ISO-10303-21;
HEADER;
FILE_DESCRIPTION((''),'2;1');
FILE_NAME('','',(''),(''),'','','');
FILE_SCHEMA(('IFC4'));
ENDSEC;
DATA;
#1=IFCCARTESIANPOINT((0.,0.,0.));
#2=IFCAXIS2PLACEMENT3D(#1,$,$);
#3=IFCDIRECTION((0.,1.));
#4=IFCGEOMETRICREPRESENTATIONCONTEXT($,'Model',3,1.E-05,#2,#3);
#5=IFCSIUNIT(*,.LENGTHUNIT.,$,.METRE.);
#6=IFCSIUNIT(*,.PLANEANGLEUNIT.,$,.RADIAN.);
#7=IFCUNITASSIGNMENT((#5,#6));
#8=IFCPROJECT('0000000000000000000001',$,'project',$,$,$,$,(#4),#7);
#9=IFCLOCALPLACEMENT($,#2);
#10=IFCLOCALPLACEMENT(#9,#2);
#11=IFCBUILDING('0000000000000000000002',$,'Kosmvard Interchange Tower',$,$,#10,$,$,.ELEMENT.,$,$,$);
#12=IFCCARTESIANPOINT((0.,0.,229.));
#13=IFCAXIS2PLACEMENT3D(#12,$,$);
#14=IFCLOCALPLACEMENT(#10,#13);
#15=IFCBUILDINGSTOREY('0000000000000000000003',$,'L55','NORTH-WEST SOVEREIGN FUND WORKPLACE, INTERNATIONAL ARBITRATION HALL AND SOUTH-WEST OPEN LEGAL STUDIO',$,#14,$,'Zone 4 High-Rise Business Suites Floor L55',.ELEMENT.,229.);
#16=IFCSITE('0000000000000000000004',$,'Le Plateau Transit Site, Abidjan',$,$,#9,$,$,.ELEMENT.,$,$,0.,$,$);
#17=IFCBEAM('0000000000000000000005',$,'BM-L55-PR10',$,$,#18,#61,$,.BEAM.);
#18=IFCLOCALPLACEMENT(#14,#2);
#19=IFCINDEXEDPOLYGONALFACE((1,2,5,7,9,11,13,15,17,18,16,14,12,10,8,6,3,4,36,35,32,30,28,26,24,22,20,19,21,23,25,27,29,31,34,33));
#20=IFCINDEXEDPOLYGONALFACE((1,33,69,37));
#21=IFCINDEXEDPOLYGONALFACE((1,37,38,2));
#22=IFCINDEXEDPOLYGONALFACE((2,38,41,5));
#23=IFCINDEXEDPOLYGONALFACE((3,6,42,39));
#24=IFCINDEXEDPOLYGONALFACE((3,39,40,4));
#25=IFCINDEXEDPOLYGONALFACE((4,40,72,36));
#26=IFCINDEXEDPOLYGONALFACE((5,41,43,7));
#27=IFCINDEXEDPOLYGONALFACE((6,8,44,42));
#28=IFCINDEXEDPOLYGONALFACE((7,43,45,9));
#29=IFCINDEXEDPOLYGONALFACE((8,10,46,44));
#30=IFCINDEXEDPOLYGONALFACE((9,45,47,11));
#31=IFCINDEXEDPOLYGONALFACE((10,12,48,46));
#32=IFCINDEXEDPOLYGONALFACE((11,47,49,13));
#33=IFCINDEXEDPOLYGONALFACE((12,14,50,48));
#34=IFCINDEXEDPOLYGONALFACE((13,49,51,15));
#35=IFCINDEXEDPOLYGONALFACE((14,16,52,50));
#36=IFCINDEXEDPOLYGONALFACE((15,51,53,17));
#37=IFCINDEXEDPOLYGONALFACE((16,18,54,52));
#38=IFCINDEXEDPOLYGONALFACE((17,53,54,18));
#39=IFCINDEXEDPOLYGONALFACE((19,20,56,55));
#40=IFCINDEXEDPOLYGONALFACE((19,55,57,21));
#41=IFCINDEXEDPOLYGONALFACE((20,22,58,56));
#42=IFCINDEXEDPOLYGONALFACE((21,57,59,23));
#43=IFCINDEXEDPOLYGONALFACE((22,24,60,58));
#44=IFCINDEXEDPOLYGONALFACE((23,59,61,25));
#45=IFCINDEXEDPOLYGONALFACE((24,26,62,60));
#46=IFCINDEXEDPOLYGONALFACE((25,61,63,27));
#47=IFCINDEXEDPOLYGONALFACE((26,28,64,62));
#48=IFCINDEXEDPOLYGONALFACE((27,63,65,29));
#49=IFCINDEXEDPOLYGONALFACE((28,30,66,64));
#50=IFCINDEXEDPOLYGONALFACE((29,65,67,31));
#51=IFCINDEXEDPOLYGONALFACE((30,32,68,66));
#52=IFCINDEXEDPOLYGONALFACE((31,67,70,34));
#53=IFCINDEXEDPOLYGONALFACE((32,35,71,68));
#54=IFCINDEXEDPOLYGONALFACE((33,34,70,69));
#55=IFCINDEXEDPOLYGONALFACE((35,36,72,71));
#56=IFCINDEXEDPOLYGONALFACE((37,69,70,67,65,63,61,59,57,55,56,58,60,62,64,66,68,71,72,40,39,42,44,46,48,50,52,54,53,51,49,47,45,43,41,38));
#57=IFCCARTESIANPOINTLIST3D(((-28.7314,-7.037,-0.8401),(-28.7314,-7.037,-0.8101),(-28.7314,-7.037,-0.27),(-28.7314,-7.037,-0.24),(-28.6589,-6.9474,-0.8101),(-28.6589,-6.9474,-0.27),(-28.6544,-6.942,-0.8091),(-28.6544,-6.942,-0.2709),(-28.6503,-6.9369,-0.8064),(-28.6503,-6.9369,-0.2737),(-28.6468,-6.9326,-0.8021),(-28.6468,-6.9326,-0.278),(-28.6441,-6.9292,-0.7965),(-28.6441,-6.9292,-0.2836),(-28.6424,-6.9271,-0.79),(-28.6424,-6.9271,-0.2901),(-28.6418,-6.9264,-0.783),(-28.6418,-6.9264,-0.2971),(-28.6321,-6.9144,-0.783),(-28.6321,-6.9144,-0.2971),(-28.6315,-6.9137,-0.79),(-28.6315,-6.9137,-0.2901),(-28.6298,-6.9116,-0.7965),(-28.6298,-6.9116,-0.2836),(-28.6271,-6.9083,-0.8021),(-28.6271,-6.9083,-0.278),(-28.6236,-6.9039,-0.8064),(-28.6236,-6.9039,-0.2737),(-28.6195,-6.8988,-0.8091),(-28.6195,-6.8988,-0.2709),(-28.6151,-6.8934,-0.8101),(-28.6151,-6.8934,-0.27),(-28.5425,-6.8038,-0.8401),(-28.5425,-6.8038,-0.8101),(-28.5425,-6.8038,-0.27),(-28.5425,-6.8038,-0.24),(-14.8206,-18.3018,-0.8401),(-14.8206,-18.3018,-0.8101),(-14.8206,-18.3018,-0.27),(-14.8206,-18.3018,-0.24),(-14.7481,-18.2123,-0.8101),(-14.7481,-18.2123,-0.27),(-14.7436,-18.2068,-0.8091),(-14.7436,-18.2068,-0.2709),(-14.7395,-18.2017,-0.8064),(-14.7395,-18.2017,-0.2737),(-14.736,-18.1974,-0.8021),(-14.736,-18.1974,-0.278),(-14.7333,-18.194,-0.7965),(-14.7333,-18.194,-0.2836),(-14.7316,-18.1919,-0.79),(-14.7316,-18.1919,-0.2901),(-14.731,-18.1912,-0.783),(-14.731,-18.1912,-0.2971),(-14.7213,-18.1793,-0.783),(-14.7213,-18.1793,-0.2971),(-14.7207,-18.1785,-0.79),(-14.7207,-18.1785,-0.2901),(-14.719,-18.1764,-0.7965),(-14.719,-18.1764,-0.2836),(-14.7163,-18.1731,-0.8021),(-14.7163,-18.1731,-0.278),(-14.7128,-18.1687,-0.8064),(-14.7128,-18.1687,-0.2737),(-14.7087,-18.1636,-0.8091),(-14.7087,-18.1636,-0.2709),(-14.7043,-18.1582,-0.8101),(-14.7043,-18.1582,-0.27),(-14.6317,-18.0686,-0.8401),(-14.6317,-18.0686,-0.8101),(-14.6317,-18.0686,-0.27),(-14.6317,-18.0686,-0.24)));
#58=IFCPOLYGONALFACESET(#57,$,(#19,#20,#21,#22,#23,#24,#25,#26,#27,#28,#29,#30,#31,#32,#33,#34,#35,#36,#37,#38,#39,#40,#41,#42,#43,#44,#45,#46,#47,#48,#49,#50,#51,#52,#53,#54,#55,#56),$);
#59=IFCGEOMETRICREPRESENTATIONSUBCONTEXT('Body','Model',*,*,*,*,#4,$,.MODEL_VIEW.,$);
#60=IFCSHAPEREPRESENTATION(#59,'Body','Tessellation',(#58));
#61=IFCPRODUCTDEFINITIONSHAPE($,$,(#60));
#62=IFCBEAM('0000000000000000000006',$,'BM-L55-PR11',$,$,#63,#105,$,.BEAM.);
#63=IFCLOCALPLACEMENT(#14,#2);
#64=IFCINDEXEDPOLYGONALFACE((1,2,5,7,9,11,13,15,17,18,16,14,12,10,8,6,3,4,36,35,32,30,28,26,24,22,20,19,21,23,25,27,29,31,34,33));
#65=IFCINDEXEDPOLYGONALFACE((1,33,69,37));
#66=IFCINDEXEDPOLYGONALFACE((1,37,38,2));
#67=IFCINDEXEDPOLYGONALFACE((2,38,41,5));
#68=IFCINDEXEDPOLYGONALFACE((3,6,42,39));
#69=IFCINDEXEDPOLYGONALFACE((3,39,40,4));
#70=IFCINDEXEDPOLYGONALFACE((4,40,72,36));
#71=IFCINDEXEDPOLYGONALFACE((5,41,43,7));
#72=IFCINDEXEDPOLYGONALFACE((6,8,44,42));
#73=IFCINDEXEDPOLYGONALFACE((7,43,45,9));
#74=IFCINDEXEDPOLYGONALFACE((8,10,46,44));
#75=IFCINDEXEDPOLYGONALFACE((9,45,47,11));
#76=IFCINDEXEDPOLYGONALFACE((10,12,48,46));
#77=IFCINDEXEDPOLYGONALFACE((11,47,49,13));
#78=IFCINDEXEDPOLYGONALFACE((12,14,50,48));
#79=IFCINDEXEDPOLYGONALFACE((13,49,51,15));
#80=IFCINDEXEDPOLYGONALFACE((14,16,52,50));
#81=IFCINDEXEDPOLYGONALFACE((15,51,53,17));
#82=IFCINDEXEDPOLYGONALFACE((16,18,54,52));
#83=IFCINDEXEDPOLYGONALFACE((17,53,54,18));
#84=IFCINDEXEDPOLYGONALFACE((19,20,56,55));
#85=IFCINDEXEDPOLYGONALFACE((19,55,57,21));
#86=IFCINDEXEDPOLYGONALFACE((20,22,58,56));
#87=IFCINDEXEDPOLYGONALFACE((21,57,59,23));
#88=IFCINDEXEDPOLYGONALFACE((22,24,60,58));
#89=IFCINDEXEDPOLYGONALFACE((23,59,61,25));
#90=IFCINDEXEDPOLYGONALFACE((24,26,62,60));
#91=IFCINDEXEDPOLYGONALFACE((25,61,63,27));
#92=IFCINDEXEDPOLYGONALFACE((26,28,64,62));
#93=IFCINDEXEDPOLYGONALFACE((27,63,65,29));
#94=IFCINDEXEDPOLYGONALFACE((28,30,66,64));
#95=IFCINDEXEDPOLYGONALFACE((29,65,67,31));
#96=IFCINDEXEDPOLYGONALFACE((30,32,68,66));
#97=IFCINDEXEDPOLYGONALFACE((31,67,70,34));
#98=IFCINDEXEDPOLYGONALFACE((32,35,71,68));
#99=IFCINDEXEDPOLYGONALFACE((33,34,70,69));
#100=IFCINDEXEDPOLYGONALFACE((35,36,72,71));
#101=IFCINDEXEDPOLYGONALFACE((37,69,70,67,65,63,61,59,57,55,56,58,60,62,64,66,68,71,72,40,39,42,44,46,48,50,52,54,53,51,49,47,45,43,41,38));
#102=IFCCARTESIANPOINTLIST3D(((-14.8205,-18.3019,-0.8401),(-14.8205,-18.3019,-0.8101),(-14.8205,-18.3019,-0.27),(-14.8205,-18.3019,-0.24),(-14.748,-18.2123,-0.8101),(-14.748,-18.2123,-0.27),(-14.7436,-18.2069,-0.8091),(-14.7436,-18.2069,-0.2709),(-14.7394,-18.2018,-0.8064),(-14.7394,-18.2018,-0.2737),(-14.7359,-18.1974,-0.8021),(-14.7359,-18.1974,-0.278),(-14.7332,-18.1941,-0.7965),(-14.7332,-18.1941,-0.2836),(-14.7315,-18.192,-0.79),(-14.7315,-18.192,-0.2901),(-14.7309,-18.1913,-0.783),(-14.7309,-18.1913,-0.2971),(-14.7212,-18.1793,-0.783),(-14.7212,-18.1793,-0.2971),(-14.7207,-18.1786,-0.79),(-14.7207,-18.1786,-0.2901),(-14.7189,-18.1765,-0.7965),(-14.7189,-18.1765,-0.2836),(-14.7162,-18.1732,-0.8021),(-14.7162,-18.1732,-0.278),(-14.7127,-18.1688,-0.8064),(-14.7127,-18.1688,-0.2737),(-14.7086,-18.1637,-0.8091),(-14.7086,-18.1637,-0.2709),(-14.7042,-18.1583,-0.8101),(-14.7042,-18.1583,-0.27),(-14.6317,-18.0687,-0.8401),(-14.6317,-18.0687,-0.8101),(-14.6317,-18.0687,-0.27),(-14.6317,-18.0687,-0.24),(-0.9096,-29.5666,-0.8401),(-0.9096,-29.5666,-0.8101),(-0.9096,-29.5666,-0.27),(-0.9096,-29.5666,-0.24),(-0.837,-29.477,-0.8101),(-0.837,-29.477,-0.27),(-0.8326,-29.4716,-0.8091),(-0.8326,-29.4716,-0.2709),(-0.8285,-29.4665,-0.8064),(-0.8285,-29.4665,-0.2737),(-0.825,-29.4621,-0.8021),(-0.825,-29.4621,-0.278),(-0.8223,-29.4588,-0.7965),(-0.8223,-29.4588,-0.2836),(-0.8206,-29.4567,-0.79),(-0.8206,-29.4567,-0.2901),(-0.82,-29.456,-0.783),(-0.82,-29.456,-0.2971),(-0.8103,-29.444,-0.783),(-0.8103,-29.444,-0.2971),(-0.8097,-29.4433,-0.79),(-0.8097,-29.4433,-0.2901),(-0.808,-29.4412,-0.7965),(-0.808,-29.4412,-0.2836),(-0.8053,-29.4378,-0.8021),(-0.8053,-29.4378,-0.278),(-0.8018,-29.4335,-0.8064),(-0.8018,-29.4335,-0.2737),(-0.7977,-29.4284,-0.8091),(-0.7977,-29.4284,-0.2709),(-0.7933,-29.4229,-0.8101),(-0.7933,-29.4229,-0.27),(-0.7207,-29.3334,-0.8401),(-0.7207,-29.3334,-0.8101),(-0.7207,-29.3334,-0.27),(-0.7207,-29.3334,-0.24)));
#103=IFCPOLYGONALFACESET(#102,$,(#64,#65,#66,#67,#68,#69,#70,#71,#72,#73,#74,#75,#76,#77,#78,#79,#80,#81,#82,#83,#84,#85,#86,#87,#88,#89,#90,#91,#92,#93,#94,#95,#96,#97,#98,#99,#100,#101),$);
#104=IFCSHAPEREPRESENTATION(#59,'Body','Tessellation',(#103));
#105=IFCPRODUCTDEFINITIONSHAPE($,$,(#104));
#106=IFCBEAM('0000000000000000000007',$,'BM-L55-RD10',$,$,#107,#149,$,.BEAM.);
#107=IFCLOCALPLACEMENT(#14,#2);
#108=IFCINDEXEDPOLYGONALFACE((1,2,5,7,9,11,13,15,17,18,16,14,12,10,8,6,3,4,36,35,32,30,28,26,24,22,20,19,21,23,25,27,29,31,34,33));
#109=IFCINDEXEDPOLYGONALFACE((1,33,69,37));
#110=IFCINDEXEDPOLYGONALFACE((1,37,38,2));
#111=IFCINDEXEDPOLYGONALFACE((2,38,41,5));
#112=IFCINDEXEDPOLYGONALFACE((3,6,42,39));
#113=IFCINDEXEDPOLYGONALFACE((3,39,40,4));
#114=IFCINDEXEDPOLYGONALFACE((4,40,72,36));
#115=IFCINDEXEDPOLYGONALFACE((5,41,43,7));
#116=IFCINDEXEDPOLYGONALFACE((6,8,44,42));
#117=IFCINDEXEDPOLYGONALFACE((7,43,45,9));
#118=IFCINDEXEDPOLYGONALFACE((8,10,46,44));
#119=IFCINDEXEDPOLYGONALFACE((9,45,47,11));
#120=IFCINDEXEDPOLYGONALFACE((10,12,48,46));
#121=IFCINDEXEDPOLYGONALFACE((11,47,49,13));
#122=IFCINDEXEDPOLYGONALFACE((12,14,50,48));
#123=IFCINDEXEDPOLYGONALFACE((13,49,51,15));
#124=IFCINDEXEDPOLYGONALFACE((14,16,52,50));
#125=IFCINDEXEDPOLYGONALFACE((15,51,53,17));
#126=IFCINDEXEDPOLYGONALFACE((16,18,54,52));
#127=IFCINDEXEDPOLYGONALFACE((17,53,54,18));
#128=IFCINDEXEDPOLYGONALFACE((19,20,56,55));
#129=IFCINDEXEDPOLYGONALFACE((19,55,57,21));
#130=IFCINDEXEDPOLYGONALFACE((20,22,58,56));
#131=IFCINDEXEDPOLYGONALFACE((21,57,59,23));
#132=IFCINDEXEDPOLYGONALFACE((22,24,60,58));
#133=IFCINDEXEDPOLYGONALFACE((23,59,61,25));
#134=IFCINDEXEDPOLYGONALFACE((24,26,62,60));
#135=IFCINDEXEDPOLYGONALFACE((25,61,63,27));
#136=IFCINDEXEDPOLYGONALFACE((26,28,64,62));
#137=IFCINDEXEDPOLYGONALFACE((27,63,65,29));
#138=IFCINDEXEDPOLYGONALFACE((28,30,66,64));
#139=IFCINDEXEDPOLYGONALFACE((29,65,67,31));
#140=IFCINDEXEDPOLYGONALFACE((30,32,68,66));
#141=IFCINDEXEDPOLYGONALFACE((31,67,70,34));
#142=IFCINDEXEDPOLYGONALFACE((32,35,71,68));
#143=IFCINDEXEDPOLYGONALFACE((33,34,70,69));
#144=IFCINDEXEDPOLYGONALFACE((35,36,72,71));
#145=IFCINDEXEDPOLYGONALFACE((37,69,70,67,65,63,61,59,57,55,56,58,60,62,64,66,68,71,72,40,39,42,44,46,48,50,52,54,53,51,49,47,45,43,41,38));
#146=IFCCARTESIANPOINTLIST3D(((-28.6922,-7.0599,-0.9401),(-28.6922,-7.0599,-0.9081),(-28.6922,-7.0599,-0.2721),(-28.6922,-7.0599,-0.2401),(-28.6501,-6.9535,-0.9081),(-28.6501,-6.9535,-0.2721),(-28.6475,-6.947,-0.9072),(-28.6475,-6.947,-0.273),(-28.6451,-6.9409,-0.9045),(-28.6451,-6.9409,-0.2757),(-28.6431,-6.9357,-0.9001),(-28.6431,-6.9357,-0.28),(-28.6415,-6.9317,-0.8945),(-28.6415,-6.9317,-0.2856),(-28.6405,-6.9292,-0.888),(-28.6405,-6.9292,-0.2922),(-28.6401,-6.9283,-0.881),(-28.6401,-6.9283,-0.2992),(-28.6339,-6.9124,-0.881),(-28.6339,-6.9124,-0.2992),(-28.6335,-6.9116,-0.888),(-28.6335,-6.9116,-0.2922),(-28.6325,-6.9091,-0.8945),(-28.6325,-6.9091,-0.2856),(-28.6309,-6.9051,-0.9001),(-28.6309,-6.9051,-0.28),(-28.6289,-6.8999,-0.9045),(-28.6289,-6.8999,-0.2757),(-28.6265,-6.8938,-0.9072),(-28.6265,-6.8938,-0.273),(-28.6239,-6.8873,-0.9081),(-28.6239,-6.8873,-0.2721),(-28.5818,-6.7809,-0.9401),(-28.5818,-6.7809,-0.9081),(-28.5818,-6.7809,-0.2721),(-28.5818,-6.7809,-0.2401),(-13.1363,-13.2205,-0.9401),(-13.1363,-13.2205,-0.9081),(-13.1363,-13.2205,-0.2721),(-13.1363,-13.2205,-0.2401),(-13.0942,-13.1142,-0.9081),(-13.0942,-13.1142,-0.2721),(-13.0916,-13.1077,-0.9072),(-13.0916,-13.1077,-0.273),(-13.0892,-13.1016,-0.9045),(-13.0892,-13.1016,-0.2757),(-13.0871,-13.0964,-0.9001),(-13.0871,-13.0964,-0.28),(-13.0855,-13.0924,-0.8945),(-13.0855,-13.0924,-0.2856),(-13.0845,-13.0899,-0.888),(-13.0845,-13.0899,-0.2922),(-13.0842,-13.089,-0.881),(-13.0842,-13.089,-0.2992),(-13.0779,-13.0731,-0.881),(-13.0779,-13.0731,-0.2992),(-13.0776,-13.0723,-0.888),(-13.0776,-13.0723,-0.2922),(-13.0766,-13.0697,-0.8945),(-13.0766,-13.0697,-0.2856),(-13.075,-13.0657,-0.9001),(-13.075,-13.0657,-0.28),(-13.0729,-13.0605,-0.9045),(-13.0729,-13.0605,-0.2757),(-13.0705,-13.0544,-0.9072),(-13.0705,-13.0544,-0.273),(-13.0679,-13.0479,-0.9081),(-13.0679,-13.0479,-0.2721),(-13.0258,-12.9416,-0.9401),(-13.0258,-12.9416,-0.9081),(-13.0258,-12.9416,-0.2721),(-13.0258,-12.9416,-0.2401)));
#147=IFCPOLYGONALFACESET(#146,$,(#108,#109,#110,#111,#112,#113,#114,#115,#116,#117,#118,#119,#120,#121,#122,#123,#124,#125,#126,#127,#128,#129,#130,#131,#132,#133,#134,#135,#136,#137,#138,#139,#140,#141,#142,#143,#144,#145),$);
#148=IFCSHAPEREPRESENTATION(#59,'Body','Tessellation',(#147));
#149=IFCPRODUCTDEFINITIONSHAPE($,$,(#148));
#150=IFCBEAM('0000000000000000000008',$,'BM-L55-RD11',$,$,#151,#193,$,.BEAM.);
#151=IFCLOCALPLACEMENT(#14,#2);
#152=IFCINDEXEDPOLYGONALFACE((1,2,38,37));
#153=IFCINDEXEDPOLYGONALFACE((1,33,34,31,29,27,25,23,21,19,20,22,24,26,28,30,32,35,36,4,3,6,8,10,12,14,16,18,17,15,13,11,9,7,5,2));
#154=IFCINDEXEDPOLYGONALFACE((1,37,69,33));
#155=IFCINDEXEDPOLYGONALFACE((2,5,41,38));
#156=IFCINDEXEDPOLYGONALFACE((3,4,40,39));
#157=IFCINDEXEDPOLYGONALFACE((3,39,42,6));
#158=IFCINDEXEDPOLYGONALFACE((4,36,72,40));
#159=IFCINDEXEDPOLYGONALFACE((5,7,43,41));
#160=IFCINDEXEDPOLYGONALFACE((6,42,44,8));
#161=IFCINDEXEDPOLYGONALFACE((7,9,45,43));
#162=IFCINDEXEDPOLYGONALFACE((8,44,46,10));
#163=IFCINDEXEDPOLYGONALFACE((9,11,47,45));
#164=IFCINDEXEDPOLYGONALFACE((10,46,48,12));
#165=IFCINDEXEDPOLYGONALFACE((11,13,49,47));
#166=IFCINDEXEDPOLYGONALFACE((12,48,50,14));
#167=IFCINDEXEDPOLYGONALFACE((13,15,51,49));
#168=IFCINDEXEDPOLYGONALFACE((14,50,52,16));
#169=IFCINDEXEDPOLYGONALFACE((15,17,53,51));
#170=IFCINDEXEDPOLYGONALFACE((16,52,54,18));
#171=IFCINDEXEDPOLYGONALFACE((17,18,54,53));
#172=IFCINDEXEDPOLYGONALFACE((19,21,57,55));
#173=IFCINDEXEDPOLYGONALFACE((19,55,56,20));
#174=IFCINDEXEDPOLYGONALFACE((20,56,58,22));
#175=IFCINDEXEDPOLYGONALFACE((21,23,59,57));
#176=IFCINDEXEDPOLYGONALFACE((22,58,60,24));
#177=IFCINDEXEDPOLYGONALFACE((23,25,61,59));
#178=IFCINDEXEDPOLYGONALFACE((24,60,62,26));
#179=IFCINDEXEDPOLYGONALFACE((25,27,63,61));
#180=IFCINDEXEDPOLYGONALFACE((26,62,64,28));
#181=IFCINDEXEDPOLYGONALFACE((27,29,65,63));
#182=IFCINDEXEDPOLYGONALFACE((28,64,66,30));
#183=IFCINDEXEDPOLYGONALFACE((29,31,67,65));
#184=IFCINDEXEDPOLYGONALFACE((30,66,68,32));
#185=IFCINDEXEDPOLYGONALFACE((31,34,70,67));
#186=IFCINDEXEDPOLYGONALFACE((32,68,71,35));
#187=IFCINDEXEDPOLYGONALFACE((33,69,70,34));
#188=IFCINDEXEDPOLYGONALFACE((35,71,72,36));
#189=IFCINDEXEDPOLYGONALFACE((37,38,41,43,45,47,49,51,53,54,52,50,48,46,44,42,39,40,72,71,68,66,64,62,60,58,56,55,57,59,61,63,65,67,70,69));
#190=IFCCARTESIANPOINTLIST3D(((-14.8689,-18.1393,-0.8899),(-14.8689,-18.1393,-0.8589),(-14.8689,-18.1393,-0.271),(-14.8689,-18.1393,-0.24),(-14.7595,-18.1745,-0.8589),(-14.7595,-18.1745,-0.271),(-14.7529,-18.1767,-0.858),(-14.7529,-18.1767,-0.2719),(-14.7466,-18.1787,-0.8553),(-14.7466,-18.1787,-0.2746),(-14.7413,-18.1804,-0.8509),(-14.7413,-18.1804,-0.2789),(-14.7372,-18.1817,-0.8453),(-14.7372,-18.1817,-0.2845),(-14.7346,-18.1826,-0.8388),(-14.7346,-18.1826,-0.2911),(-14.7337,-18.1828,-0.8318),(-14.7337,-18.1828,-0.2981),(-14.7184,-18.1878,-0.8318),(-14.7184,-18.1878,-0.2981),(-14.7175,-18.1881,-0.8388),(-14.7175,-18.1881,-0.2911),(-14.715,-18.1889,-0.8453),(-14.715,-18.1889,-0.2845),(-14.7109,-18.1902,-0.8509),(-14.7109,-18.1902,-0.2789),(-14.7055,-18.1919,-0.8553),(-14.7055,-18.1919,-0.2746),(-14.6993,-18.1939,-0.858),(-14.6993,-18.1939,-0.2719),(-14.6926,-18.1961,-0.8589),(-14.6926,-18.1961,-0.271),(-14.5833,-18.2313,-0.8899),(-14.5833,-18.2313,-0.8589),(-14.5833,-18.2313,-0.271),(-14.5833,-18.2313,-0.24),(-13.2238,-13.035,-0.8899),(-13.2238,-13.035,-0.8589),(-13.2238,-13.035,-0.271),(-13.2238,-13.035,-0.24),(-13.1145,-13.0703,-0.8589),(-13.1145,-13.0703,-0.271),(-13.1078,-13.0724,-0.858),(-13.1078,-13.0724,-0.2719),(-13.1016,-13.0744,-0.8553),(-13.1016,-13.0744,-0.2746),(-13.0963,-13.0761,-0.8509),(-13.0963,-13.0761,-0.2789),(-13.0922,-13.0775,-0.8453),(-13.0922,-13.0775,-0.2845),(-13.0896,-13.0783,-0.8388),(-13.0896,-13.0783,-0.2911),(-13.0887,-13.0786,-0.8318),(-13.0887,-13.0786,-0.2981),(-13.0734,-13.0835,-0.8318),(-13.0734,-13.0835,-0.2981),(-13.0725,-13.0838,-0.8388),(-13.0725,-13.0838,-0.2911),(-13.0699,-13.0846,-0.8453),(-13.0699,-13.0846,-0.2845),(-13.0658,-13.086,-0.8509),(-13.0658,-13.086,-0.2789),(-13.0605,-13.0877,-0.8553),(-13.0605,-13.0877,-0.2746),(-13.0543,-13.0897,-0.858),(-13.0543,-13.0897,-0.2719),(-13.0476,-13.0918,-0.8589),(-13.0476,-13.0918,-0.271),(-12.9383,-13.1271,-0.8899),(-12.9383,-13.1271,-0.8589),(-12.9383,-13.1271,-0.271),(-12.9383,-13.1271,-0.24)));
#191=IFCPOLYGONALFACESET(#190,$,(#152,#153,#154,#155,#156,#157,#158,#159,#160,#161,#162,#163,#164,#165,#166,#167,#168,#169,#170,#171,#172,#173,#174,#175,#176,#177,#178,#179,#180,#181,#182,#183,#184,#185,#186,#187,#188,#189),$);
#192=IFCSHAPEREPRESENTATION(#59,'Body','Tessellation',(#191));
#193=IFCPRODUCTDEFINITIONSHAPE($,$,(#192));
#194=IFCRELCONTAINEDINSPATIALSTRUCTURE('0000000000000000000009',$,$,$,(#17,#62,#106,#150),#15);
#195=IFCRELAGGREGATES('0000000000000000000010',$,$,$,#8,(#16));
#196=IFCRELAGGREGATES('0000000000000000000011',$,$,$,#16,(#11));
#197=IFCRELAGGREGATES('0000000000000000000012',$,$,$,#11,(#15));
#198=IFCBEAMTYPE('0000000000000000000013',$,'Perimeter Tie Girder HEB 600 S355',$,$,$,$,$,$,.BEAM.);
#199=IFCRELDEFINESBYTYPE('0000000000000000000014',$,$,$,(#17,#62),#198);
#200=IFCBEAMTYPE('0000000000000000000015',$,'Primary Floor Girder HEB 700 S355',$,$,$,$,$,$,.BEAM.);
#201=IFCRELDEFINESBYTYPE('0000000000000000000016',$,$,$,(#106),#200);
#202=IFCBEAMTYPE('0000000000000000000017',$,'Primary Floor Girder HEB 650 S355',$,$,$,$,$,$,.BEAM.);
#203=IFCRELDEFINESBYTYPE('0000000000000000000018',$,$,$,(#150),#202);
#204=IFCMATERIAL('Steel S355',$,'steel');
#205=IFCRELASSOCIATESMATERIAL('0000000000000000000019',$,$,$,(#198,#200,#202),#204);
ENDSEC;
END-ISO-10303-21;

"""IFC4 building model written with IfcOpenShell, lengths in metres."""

from ifc_helpers import new_model, si_unit, direction, frame, origin, origin_2d, place, context, subcontext, project, spatial, i_section, extrude, source, transform, mapped, material, material_profile, profile_set, type_object, element, save


model = new_model("IFC4")

# Units and contexts
model_context = context("Model", 3, precision=1e-05, world=origin(), true_north=direction((0.0, 1.0)))
body_context = subcontext(model_context, "Body", "Model", "MODEL_VIEW")
ifc_project = project(units=[si_unit("LENGTHUNIT", "METRE"), si_unit("PLANEANGLEUNIT", "RADIAN")], contexts=[model_context])

# Site, building, storey
site_placement = place(None, origin())
site = spatial("IfcSite", under=ifc_project, at=site_placement, Name="Le Plateau Transit Site, Abidjan", CompositionType="ELEMENT", RefElevation=0.0)
building_placement = place(site_placement, origin())
building = spatial("IfcBuilding", under=site, at=building_placement, Name="Kosmvard Interchange Tower", CompositionType="ELEMENT")
storey_placement = place(building_placement, frame((0.0, 0.0, 229.0)))
storey = spatial("IfcBuildingStorey", under=building, at=storey_placement, Name="L55", Description="NORTH-WEST SOVEREIGN FUND WORKPLACE, INTERNATIONAL ARBITRATION HALL AND SOUTH-WEST OPEN LEGAL STUDIO", LongName="Zone 4 High-Rise Business Suites Floor L55", CompositionType="ELEMENT", Elevation=229.0)

# Beams
ifc_material_1 = material(Name="Steel S355", Category="steel")
ifc_material_profile_1 = material_profile(ifc_material_1, i_section(OverallWidth=0.3, OverallDepth=0.6001, WebThickness=0.0154, FlangeThickness=0.03, FilletRadius=0.0271, at=origin_2d()), Name="HEB 600")
ifc_profile_set_1 = profile_set([ifc_material_profile_1], Name="Steel S355")
beam_type_1 = type_object("IfcBeamType", Name="Perimeter Tie Girder HEB 600 S355", PredefinedType="BEAM", material=ifc_profile_set_1)
shared_shape_1 = source(origin(), body_context, "Body", "SweptSolid", [
    extrude(i_section(OverallWidth=0.3, OverallDepth=0.6001, WebThickness=0.0154, FlangeThickness=0.03, FilletRadius=0.0271, at=origin_2d()), origin(), (0.0, 0.0, 1.0), 17.8999),
])
for number, where, z_axis, x_axis, name in (
    (1, (-28.637, -6.9204, -0.54), (0.777144, -0.629323, 0.0), (0.629323, 0.777144, 0.0), "BM-L55-PR10"),
    (2, (-14.7261, -18.1853, -0.54), (0.777151, -0.629315, 0.0), (0.629315, 0.777151, 0.0), "BM-L55-PR11"),
):
    element("IfcBeam", number, at=place(storey_placement, frame(where, z_axis=z_axis, x_axis=x_axis)), inside=storey, type_object=beam_type_1, Name=name, PredefinedType="BEAM", context=body_context, shape_type="MappedRepresentation", body=[
        mapped(shared_shape_1, transform((0.0, 0.0, 0.0), scale=1.0)),
    ])
ifc_material_profile_2 = material_profile(ifc_material_1, i_section(OverallWidth=0.3, OverallDepth=0.7, WebThickness=0.0171, FlangeThickness=0.032, FilletRadius=0.0271, at=origin_2d()), Name="HEB 700")
ifc_profile_set_2 = profile_set([ifc_material_profile_2], Name="Steel S355")
beam_type_2 = type_object("IfcBeamType", Name="Primary Floor Girder HEB 700 S355", PredefinedType="BEAM", material=ifc_profile_set_2)
shared_shape_2 = source(origin(), body_context, "Body", "SweptSolid", [
    extrude(i_section(OverallWidth=0.3, OverallDepth=0.7, WebThickness=0.0171, FlangeThickness=0.032, FilletRadius=0.0271, at=origin_2d()), origin(), (0.0, 0.0, 1.0), 16.7314),
])
beam_1_placement = place(storey_placement, frame((-13.0811, -13.0811, -0.5901), z_axis=(-0.929743, 0.368209, 0.0), x_axis=(-0.368209, -0.929743, 0.0)))
element("IfcBeam", 3, at=beam_1_placement, inside=storey, type_object=beam_type_2, Name="BM-L55-RD10", PredefinedType="BEAM", context=body_context, shape_type="MappedRepresentation", body=[
    mapped(shared_shape_2, transform((0.0, 0.0, 0.0), scale=1.0)),
])
ifc_material_profile_3 = material_profile(ifc_material_1, i_section(OverallWidth=0.3, OverallDepth=0.6499, WebThickness=0.0161, FlangeThickness=0.031, FilletRadius=0.0271, at=origin_2d()), Name="HEB 650")
ifc_profile_set_3 = profile_set([ifc_material_profile_3], Name="Steel S355")
beam_type_3 = type_object("IfcBeamType", Name="Primary Floor Girder HEB 650 S355", PredefinedType="BEAM", material=ifc_profile_set_3)
shared_shape_3 = source(origin(), body_context, "Body", "SweptSolid", [
    extrude(i_section(OverallWidth=0.3, OverallDepth=0.6499, WebThickness=0.0161, FlangeThickness=0.031, FilletRadius=0.0271, at=origin_2d()), origin(), (0.0, 0.0, 1.0), 5.3628),
])
beam_2_placement = place(storey_placement, frame((-13.0811, -13.0811, -0.5649), z_axis=(-0.306747, -0.951791, 0.0), x_axis=(0.951791, -0.306747, 0.0)))
element("IfcBeam", 4, at=beam_2_placement, inside=storey, type_object=beam_type_3, Name="BM-L55-RD11", PredefinedType="BEAM", context=body_context, shape_type="MappedRepresentation", body=[
    mapped(shared_shape_3, transform((0.0, 0.0, 0.0), scale=1.0)),
])

save(model, "model.ifc")
